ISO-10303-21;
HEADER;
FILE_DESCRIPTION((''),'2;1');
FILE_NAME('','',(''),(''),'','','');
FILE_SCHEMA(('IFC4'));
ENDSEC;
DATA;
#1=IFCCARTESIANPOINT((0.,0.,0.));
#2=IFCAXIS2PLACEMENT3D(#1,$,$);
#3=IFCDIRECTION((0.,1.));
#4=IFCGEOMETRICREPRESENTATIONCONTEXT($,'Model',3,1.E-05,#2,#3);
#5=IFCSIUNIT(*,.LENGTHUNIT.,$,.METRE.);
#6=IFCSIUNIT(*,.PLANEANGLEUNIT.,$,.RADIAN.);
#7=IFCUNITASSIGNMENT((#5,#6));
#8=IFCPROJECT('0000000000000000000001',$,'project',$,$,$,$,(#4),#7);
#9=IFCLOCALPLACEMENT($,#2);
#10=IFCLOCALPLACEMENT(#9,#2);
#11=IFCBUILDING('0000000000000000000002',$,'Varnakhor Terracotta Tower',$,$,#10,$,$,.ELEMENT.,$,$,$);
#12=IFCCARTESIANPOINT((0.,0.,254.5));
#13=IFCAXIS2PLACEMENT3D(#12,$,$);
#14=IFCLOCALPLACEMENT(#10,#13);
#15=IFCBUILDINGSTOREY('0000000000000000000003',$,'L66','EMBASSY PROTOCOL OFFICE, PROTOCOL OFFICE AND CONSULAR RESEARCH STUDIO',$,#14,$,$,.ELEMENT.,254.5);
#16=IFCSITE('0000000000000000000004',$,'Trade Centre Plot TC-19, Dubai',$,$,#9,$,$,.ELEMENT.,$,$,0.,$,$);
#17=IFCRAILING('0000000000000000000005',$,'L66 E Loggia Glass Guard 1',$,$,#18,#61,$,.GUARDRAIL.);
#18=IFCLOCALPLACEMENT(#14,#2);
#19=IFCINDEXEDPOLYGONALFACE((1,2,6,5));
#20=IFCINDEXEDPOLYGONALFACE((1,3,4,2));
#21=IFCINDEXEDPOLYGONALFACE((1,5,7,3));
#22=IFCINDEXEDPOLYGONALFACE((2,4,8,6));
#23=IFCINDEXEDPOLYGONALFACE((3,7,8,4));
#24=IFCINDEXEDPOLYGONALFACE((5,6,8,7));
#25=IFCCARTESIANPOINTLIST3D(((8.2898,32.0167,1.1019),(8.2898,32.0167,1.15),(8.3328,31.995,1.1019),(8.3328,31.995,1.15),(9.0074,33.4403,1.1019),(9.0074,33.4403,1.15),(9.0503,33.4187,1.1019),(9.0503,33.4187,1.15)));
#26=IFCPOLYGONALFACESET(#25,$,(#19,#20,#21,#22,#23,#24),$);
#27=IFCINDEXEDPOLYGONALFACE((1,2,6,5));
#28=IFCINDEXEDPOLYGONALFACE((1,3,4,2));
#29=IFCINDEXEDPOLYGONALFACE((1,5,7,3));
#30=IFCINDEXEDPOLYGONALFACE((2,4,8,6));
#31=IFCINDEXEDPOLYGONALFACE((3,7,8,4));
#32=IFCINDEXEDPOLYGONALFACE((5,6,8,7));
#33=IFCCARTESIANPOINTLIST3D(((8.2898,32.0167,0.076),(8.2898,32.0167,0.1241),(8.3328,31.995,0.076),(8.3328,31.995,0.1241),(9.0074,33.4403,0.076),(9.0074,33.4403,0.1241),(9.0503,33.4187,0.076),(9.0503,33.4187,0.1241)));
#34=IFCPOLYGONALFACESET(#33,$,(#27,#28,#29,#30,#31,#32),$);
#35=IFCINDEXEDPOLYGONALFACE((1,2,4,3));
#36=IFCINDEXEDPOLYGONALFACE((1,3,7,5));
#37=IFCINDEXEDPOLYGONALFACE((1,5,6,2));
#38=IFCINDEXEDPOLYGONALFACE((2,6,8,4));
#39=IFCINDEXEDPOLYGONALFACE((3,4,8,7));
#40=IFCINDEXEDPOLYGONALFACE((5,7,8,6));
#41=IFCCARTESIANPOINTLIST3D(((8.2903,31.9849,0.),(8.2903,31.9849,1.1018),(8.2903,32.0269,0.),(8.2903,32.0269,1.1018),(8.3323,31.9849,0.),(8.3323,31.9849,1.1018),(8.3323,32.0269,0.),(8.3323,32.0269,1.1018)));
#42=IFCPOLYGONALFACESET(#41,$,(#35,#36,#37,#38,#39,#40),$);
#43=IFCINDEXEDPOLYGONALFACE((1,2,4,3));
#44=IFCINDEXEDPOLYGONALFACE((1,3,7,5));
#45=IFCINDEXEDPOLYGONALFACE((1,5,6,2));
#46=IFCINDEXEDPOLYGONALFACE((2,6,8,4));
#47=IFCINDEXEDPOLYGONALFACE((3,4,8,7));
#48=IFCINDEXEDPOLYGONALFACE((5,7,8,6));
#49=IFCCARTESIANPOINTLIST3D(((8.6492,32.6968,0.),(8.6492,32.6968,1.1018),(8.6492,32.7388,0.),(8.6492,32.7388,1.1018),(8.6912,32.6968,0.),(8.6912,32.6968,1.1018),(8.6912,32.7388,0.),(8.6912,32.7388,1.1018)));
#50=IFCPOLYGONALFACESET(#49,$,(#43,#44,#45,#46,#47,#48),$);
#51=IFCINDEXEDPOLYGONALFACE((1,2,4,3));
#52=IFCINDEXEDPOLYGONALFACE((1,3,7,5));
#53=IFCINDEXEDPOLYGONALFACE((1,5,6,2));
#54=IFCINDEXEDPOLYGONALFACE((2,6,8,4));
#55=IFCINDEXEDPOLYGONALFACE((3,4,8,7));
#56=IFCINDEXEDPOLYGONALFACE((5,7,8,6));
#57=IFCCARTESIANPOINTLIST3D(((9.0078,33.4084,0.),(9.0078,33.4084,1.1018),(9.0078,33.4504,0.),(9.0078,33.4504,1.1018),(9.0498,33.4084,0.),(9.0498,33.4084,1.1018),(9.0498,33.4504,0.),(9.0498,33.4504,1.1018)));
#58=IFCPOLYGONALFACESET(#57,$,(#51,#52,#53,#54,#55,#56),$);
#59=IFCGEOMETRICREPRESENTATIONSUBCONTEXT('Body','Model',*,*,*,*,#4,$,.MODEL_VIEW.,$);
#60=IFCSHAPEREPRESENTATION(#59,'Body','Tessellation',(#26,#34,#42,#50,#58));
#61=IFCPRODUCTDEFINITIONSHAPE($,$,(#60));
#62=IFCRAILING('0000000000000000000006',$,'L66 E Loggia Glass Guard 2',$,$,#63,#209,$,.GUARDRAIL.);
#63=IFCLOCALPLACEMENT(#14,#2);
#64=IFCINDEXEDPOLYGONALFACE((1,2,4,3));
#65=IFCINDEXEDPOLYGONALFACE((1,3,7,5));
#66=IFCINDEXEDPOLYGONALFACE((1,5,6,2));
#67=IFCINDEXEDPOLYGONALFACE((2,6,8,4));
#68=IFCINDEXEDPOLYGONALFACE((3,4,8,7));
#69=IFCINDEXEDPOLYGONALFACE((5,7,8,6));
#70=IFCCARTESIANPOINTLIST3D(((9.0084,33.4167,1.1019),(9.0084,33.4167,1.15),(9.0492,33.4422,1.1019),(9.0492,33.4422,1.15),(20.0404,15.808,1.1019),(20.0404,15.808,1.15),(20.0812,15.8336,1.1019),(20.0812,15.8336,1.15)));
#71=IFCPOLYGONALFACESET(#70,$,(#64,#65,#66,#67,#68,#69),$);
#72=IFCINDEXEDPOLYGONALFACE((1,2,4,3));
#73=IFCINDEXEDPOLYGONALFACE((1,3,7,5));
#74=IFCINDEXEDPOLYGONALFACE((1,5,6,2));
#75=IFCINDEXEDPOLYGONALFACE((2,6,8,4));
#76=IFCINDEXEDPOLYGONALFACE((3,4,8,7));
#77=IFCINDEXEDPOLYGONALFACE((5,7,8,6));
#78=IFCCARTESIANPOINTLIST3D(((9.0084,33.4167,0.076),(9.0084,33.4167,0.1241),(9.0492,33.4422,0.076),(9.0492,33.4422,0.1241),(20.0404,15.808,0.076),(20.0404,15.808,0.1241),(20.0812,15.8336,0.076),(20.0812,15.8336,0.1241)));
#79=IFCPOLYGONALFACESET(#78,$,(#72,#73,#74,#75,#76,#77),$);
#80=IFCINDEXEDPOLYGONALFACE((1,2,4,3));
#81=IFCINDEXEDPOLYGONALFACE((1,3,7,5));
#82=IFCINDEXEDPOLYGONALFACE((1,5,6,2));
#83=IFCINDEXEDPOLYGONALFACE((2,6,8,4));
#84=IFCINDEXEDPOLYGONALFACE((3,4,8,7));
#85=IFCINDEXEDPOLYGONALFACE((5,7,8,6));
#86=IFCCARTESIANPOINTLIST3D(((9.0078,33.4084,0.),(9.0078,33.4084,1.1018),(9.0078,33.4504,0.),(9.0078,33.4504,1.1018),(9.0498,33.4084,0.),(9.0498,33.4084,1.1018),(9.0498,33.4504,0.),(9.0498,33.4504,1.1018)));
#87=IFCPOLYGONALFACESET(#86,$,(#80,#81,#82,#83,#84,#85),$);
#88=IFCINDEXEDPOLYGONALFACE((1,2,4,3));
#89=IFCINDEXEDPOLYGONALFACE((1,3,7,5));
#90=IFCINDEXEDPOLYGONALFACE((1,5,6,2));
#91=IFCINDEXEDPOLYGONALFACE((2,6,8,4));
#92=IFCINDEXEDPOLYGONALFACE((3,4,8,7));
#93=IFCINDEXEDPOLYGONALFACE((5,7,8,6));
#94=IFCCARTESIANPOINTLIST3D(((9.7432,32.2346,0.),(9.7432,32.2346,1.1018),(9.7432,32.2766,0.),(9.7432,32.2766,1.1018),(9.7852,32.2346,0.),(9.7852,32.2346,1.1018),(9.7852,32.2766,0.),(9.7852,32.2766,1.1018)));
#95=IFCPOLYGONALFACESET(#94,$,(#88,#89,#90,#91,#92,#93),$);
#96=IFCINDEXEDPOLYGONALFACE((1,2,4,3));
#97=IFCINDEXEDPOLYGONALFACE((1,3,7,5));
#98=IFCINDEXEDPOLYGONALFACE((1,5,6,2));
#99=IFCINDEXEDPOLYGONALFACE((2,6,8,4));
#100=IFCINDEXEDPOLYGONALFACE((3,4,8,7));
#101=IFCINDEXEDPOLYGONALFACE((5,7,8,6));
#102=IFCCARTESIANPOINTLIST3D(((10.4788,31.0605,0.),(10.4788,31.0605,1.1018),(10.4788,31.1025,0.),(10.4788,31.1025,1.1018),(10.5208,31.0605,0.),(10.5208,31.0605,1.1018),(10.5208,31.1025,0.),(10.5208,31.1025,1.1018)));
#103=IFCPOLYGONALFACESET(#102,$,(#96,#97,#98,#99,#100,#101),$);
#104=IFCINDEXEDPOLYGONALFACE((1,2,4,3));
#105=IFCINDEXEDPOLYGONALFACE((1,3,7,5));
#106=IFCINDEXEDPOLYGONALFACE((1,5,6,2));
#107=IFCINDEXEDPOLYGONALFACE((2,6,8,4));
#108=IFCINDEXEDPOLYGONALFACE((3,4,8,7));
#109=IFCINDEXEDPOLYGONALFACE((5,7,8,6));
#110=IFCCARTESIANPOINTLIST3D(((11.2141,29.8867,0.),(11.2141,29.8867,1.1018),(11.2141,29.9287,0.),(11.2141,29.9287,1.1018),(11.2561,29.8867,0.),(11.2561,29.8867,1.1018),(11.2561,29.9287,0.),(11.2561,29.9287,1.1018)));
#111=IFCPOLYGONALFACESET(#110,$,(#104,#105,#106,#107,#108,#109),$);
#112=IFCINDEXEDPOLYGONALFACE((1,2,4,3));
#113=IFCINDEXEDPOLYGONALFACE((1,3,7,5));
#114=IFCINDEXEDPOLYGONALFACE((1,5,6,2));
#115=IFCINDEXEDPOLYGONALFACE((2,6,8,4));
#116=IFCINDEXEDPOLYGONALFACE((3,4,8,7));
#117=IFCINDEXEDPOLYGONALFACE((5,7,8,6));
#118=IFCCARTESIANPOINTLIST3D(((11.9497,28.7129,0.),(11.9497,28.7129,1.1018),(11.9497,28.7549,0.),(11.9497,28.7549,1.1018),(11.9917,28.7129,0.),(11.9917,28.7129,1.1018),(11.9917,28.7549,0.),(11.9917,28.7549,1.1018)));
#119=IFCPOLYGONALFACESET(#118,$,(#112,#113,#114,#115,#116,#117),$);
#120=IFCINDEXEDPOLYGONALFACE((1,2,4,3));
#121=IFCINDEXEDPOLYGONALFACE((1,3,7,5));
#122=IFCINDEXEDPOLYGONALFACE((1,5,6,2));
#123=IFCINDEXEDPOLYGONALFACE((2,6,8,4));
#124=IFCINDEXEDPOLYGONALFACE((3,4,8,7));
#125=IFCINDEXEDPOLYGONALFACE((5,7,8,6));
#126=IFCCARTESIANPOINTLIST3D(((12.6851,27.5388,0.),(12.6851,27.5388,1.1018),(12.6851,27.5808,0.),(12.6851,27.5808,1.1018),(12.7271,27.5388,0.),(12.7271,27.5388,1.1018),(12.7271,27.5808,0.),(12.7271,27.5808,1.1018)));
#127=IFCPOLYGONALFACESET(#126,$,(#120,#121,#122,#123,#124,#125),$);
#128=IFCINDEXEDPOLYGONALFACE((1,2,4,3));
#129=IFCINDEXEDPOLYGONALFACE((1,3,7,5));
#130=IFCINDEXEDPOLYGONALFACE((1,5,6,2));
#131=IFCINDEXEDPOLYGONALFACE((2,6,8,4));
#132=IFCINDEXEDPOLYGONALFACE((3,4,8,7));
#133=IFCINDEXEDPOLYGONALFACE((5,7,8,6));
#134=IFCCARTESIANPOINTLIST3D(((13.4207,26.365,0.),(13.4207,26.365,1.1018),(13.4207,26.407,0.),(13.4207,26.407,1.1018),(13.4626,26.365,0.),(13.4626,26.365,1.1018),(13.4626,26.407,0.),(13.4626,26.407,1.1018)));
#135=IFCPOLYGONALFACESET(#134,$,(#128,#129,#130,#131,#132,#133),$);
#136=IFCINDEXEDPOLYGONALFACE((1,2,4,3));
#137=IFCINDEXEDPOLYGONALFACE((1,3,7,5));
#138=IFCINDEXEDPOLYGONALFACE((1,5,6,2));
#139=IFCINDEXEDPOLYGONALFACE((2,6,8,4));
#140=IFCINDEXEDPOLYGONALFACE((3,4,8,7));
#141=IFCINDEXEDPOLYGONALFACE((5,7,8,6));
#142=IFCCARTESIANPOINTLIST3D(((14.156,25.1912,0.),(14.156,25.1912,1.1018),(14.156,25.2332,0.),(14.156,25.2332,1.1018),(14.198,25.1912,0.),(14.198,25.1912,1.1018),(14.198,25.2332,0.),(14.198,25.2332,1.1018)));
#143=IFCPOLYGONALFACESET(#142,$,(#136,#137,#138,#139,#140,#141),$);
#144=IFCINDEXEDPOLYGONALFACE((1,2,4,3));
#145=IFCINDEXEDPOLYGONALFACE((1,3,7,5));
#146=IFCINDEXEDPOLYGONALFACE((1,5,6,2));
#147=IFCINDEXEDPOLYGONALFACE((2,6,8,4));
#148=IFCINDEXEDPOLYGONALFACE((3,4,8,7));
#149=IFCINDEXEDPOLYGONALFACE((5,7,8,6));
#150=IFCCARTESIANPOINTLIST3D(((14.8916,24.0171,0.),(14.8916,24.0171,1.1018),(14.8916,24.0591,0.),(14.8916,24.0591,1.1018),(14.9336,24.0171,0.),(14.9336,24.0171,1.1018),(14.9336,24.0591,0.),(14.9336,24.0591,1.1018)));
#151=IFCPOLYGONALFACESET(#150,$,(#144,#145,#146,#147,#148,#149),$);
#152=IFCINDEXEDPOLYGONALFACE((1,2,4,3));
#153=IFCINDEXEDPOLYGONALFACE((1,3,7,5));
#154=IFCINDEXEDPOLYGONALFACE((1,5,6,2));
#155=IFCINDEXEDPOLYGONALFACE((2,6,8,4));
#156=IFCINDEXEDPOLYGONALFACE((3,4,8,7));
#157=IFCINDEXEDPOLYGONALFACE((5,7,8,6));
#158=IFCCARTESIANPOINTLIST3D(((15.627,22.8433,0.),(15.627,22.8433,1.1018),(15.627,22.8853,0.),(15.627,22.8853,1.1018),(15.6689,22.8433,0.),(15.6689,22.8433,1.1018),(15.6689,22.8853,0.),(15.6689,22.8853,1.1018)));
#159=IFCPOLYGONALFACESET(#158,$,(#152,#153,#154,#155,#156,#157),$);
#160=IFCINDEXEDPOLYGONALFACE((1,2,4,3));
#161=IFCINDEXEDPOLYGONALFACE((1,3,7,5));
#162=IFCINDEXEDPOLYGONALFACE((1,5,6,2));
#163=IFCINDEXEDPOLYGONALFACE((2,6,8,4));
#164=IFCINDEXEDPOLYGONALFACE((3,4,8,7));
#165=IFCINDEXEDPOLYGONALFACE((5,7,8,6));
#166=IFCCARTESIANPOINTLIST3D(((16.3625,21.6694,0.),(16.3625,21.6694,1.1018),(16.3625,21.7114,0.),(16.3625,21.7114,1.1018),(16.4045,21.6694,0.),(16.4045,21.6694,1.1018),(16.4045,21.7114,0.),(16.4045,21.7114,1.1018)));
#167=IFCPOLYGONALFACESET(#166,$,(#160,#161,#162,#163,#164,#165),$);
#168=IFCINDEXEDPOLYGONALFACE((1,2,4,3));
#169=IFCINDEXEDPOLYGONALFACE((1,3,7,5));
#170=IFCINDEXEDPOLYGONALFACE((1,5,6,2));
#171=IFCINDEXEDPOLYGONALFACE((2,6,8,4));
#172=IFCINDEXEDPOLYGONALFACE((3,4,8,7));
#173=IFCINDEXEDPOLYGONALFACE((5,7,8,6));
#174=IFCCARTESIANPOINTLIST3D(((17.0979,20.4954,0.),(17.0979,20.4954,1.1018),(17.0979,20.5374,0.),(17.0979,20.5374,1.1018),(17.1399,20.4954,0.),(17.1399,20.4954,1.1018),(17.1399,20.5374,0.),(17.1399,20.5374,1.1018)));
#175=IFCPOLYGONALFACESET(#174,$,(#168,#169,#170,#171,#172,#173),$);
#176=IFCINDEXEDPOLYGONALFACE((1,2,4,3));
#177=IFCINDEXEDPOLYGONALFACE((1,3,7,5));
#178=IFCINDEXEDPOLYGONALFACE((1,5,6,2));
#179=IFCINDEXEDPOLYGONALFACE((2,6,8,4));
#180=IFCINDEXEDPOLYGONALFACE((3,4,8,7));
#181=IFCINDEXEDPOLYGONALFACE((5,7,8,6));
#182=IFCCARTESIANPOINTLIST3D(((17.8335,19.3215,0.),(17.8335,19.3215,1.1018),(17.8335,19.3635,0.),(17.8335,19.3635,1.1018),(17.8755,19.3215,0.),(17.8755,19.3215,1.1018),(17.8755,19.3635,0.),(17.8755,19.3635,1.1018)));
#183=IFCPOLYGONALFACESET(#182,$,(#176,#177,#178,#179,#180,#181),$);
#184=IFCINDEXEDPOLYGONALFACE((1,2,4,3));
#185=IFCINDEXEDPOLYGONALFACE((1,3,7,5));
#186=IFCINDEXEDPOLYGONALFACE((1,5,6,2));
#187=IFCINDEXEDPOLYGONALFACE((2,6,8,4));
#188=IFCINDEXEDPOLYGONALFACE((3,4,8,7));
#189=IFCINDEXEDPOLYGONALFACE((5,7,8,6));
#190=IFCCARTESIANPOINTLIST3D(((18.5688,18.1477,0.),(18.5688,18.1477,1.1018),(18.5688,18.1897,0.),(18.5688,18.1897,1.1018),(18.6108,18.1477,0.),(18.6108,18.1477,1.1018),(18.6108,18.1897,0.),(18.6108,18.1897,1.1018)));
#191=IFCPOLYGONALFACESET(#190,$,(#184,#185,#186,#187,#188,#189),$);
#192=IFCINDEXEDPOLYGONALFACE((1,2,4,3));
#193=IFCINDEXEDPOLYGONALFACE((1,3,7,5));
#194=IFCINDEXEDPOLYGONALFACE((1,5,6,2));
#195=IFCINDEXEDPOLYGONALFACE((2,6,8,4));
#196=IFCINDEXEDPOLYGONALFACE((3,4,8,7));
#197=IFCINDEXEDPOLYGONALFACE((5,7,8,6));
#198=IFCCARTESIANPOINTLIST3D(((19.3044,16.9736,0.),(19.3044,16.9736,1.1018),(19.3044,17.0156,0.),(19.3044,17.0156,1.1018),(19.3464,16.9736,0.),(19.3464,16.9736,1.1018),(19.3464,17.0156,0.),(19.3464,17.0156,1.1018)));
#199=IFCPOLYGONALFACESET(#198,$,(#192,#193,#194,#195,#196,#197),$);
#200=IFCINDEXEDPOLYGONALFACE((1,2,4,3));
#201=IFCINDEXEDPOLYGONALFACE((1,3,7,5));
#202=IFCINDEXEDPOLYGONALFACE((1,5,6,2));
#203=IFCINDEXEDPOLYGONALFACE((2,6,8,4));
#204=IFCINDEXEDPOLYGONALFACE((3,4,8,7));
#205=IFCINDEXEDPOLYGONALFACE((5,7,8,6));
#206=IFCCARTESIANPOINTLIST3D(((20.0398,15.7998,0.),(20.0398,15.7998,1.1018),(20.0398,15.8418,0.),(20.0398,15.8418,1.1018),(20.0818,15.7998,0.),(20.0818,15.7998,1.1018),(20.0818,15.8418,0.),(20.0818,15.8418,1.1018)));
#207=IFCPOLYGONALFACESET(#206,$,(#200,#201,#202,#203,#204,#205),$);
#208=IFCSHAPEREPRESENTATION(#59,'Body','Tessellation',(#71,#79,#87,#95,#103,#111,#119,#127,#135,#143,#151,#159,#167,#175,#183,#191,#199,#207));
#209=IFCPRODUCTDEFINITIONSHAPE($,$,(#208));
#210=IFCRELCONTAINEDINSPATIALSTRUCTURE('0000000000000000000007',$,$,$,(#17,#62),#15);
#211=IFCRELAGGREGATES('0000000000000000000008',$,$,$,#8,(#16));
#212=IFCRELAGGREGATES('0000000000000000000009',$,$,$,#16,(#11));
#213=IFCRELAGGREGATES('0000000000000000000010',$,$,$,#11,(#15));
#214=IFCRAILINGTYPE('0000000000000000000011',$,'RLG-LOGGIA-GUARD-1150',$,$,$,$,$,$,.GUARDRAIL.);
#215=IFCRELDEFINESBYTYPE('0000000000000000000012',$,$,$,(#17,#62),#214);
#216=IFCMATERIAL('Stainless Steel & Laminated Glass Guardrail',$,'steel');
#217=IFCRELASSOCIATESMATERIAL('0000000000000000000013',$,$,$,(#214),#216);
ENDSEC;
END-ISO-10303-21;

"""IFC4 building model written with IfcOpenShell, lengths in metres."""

from ifc_helpers import new_model, si_unit, direction, frame, origin, origin_2d, place, context, subcontext, project, spatial, rectangle, extrude, material, type_object, element, save


model = new_model("IFC4")

# Units and contexts
model_context = context("Model", 3, precision=1e-05, world=origin(), true_north=direction((0.0, 1.0)))
body_context = subcontext(model_context, "Body", "Model", "MODEL_VIEW")
ifc_project = project(units=[si_unit("LENGTHUNIT", "METRE"), si_unit("PLANEANGLEUNIT", "RADIAN")], contexts=[model_context])

# Site, building, storey
site_placement = place(None, origin())
site = spatial("IfcSite", under=ifc_project, at=site_placement, Name="Trade Centre Plot TC-19, Dubai", CompositionType="ELEMENT", RefElevation=0.0)
building_placement = place(site_placement, origin())
building = spatial("IfcBuilding", under=site, at=building_placement, Name="Varnakhor Terracotta Tower", CompositionType="ELEMENT")
storey_placement = place(building_placement, frame((0.0, 0.0, 254.5)))
storey = spatial("IfcBuildingStorey", under=building, at=storey_placement, Name="L66", Description="EMBASSY PROTOCOL OFFICE, PROTOCOL OFFICE AND CONSULAR RESEARCH STUDIO", CompositionType="ELEMENT", Elevation=254.5)

# Railings
ifc_material_1 = material(Name="Stainless Steel & Laminated Glass Guardrail", Category="steel")
railing_type = type_object("IfcRailingType", Name="RLG-LOGGIA-GUARD-1150", PredefinedType="GUARDRAIL", material=ifc_material_1)
railing_1_placement = place(storey_placement, frame((8.3113, 32.0059, 0.0)))
element("IfcRailing", 1, at=railing_1_placement, inside=storey, type_object=railing_type, Name="L66 E Loggia Glass Guard 1", PredefinedType="GUARDRAIL", context=body_context, shape_type="SweptSolid", body=[
    extrude(rectangle(XDim=0.0481, YDim=0.0481, at=origin_2d()), frame((0.0, 0.0, 1.126), z_axis=(0.45009, 0.892983, 0.0), x_axis=(-0.892983, 0.45009, 0.0)), (0.0, 0.0, 1.0), 1.5942),
    extrude(rectangle(XDim=0.0481, YDim=0.0481, at=origin_2d()), frame((0.0, 0.0, 0.1001), z_axis=(0.45009, 0.892983, 0.0), x_axis=(-0.892983, 0.45009, 0.0)), (0.0, 0.0, 1.0), 1.5942),
    extrude(rectangle(XDim=0.042, YDim=0.042, at=origin_2d()), origin(), (0.0, 0.0, 1.0), 1.1018),
    extrude(rectangle(XDim=0.042, YDim=0.042, at=origin_2d()), frame((0.3589, 0.7119, 0.0)), (0.0, 0.0, 1.0), 1.1018),
    extrude(rectangle(XDim=0.042, YDim=0.042, at=origin_2d()), frame((0.7175, 1.4236, 0.0)), (0.0, 0.0, 1.0), 1.1018),
])
railing_2_placement = place(storey_placement, frame((9.0288, 33.4294, 0.0)))
element("IfcRailing", 2, at=railing_2_placement, inside=storey, type_object=railing_type, Name="L66 E Loggia Glass Guard 2", PredefinedType="GUARDRAIL", context=body_context, shape_type="SweptSolid", body=[
    extrude(rectangle(XDim=0.0481, YDim=0.0481, at=origin_2d()), frame((0.0, 0.0, 1.126), z_axis=(0.530919, -0.847423, 0.0), x_axis=(0.847423, 0.530919, 0.0)), (0.0, 0.0, 1.0), 20.7791),
    extrude(rectangle(XDim=0.0481, YDim=0.0481, at=origin_2d()), frame((0.0, 0.0, 0.1001), z_axis=(0.530919, -0.847423, 0.0), x_axis=(0.847423, 0.530919, 0.0)), (0.0, 0.0, 1.0), 20.7791),
    extrude(rectangle(XDim=0.042, YDim=0.042, at=origin_2d()), origin(), (0.0, 0.0, 1.0), 1.1018),
    extrude(rectangle(XDim=0.042, YDim=0.042, at=origin_2d()), frame((0.7354, -1.1738, 0.0)), (0.0, 0.0, 1.0), 1.1018),
    extrude(rectangle(XDim=0.042, YDim=0.042, at=origin_2d()), frame((1.4709, -2.3479, 0.0)), (0.0, 0.0, 1.0), 1.1018),
    extrude(rectangle(XDim=0.042, YDim=0.042, at=origin_2d()), frame((2.2063, -3.5217, 0.0)), (0.0, 0.0, 1.0), 1.1018),
    extrude(rectangle(XDim=0.042, YDim=0.042, at=origin_2d()), frame((2.9419, -4.6956, 0.0)), (0.0, 0.0, 1.0), 1.1018),
    extrude(rectangle(XDim=0.042, YDim=0.042, at=origin_2d()), frame((3.6772, -5.8696, 0.0)), (0.0, 0.0, 1.0), 1.1018),
    extrude(rectangle(XDim=0.042, YDim=0.042, at=origin_2d()), frame((4.4128, -7.0435, 0.0)), (0.0, 0.0, 1.0), 1.1018),
    extrude(rectangle(XDim=0.042, YDim=0.042, at=origin_2d()), frame((5.1482, -8.2173, 0.0)), (0.0, 0.0, 1.0), 1.1018),
    extrude(rectangle(XDim=0.042, YDim=0.042, at=origin_2d()), frame((5.8838, -9.3914, 0.0)), (0.0, 0.0, 1.0), 1.1018),
    extrude(rectangle(XDim=0.042, YDim=0.042, at=origin_2d()), frame((6.6191, -10.5652, 0.0)), (0.0, 0.0, 1.0), 1.1018),
    extrude(rectangle(XDim=0.042, YDim=0.042, at=origin_2d()), frame((7.3547, -11.739, 0.0)), (0.0, 0.0, 1.0), 1.1018),
    extrude(rectangle(XDim=0.042, YDim=0.042, at=origin_2d()), frame((8.0901, -12.9131, 0.0)), (0.0, 0.0, 1.0), 1.1018),
    extrude(rectangle(XDim=0.042, YDim=0.042, at=origin_2d()), frame((8.8257, -14.0869, 0.0)), (0.0, 0.0, 1.0), 1.1018),
    extrude(rectangle(XDim=0.042, YDim=0.042, at=origin_2d()), frame((9.561, -15.2607, 0.0)), (0.0, 0.0, 1.0), 1.1018),
    extrude(rectangle(XDim=0.042, YDim=0.042, at=origin_2d()), frame((10.2966, -16.4348, 0.0)), (0.0, 0.0, 1.0), 1.1018),
    extrude(rectangle(XDim=0.042, YDim=0.042, at=origin_2d()), frame((11.032, -17.6086, 0.0)), (0.0, 0.0, 1.0), 1.1018),
])

save(model, "model.ifc")
